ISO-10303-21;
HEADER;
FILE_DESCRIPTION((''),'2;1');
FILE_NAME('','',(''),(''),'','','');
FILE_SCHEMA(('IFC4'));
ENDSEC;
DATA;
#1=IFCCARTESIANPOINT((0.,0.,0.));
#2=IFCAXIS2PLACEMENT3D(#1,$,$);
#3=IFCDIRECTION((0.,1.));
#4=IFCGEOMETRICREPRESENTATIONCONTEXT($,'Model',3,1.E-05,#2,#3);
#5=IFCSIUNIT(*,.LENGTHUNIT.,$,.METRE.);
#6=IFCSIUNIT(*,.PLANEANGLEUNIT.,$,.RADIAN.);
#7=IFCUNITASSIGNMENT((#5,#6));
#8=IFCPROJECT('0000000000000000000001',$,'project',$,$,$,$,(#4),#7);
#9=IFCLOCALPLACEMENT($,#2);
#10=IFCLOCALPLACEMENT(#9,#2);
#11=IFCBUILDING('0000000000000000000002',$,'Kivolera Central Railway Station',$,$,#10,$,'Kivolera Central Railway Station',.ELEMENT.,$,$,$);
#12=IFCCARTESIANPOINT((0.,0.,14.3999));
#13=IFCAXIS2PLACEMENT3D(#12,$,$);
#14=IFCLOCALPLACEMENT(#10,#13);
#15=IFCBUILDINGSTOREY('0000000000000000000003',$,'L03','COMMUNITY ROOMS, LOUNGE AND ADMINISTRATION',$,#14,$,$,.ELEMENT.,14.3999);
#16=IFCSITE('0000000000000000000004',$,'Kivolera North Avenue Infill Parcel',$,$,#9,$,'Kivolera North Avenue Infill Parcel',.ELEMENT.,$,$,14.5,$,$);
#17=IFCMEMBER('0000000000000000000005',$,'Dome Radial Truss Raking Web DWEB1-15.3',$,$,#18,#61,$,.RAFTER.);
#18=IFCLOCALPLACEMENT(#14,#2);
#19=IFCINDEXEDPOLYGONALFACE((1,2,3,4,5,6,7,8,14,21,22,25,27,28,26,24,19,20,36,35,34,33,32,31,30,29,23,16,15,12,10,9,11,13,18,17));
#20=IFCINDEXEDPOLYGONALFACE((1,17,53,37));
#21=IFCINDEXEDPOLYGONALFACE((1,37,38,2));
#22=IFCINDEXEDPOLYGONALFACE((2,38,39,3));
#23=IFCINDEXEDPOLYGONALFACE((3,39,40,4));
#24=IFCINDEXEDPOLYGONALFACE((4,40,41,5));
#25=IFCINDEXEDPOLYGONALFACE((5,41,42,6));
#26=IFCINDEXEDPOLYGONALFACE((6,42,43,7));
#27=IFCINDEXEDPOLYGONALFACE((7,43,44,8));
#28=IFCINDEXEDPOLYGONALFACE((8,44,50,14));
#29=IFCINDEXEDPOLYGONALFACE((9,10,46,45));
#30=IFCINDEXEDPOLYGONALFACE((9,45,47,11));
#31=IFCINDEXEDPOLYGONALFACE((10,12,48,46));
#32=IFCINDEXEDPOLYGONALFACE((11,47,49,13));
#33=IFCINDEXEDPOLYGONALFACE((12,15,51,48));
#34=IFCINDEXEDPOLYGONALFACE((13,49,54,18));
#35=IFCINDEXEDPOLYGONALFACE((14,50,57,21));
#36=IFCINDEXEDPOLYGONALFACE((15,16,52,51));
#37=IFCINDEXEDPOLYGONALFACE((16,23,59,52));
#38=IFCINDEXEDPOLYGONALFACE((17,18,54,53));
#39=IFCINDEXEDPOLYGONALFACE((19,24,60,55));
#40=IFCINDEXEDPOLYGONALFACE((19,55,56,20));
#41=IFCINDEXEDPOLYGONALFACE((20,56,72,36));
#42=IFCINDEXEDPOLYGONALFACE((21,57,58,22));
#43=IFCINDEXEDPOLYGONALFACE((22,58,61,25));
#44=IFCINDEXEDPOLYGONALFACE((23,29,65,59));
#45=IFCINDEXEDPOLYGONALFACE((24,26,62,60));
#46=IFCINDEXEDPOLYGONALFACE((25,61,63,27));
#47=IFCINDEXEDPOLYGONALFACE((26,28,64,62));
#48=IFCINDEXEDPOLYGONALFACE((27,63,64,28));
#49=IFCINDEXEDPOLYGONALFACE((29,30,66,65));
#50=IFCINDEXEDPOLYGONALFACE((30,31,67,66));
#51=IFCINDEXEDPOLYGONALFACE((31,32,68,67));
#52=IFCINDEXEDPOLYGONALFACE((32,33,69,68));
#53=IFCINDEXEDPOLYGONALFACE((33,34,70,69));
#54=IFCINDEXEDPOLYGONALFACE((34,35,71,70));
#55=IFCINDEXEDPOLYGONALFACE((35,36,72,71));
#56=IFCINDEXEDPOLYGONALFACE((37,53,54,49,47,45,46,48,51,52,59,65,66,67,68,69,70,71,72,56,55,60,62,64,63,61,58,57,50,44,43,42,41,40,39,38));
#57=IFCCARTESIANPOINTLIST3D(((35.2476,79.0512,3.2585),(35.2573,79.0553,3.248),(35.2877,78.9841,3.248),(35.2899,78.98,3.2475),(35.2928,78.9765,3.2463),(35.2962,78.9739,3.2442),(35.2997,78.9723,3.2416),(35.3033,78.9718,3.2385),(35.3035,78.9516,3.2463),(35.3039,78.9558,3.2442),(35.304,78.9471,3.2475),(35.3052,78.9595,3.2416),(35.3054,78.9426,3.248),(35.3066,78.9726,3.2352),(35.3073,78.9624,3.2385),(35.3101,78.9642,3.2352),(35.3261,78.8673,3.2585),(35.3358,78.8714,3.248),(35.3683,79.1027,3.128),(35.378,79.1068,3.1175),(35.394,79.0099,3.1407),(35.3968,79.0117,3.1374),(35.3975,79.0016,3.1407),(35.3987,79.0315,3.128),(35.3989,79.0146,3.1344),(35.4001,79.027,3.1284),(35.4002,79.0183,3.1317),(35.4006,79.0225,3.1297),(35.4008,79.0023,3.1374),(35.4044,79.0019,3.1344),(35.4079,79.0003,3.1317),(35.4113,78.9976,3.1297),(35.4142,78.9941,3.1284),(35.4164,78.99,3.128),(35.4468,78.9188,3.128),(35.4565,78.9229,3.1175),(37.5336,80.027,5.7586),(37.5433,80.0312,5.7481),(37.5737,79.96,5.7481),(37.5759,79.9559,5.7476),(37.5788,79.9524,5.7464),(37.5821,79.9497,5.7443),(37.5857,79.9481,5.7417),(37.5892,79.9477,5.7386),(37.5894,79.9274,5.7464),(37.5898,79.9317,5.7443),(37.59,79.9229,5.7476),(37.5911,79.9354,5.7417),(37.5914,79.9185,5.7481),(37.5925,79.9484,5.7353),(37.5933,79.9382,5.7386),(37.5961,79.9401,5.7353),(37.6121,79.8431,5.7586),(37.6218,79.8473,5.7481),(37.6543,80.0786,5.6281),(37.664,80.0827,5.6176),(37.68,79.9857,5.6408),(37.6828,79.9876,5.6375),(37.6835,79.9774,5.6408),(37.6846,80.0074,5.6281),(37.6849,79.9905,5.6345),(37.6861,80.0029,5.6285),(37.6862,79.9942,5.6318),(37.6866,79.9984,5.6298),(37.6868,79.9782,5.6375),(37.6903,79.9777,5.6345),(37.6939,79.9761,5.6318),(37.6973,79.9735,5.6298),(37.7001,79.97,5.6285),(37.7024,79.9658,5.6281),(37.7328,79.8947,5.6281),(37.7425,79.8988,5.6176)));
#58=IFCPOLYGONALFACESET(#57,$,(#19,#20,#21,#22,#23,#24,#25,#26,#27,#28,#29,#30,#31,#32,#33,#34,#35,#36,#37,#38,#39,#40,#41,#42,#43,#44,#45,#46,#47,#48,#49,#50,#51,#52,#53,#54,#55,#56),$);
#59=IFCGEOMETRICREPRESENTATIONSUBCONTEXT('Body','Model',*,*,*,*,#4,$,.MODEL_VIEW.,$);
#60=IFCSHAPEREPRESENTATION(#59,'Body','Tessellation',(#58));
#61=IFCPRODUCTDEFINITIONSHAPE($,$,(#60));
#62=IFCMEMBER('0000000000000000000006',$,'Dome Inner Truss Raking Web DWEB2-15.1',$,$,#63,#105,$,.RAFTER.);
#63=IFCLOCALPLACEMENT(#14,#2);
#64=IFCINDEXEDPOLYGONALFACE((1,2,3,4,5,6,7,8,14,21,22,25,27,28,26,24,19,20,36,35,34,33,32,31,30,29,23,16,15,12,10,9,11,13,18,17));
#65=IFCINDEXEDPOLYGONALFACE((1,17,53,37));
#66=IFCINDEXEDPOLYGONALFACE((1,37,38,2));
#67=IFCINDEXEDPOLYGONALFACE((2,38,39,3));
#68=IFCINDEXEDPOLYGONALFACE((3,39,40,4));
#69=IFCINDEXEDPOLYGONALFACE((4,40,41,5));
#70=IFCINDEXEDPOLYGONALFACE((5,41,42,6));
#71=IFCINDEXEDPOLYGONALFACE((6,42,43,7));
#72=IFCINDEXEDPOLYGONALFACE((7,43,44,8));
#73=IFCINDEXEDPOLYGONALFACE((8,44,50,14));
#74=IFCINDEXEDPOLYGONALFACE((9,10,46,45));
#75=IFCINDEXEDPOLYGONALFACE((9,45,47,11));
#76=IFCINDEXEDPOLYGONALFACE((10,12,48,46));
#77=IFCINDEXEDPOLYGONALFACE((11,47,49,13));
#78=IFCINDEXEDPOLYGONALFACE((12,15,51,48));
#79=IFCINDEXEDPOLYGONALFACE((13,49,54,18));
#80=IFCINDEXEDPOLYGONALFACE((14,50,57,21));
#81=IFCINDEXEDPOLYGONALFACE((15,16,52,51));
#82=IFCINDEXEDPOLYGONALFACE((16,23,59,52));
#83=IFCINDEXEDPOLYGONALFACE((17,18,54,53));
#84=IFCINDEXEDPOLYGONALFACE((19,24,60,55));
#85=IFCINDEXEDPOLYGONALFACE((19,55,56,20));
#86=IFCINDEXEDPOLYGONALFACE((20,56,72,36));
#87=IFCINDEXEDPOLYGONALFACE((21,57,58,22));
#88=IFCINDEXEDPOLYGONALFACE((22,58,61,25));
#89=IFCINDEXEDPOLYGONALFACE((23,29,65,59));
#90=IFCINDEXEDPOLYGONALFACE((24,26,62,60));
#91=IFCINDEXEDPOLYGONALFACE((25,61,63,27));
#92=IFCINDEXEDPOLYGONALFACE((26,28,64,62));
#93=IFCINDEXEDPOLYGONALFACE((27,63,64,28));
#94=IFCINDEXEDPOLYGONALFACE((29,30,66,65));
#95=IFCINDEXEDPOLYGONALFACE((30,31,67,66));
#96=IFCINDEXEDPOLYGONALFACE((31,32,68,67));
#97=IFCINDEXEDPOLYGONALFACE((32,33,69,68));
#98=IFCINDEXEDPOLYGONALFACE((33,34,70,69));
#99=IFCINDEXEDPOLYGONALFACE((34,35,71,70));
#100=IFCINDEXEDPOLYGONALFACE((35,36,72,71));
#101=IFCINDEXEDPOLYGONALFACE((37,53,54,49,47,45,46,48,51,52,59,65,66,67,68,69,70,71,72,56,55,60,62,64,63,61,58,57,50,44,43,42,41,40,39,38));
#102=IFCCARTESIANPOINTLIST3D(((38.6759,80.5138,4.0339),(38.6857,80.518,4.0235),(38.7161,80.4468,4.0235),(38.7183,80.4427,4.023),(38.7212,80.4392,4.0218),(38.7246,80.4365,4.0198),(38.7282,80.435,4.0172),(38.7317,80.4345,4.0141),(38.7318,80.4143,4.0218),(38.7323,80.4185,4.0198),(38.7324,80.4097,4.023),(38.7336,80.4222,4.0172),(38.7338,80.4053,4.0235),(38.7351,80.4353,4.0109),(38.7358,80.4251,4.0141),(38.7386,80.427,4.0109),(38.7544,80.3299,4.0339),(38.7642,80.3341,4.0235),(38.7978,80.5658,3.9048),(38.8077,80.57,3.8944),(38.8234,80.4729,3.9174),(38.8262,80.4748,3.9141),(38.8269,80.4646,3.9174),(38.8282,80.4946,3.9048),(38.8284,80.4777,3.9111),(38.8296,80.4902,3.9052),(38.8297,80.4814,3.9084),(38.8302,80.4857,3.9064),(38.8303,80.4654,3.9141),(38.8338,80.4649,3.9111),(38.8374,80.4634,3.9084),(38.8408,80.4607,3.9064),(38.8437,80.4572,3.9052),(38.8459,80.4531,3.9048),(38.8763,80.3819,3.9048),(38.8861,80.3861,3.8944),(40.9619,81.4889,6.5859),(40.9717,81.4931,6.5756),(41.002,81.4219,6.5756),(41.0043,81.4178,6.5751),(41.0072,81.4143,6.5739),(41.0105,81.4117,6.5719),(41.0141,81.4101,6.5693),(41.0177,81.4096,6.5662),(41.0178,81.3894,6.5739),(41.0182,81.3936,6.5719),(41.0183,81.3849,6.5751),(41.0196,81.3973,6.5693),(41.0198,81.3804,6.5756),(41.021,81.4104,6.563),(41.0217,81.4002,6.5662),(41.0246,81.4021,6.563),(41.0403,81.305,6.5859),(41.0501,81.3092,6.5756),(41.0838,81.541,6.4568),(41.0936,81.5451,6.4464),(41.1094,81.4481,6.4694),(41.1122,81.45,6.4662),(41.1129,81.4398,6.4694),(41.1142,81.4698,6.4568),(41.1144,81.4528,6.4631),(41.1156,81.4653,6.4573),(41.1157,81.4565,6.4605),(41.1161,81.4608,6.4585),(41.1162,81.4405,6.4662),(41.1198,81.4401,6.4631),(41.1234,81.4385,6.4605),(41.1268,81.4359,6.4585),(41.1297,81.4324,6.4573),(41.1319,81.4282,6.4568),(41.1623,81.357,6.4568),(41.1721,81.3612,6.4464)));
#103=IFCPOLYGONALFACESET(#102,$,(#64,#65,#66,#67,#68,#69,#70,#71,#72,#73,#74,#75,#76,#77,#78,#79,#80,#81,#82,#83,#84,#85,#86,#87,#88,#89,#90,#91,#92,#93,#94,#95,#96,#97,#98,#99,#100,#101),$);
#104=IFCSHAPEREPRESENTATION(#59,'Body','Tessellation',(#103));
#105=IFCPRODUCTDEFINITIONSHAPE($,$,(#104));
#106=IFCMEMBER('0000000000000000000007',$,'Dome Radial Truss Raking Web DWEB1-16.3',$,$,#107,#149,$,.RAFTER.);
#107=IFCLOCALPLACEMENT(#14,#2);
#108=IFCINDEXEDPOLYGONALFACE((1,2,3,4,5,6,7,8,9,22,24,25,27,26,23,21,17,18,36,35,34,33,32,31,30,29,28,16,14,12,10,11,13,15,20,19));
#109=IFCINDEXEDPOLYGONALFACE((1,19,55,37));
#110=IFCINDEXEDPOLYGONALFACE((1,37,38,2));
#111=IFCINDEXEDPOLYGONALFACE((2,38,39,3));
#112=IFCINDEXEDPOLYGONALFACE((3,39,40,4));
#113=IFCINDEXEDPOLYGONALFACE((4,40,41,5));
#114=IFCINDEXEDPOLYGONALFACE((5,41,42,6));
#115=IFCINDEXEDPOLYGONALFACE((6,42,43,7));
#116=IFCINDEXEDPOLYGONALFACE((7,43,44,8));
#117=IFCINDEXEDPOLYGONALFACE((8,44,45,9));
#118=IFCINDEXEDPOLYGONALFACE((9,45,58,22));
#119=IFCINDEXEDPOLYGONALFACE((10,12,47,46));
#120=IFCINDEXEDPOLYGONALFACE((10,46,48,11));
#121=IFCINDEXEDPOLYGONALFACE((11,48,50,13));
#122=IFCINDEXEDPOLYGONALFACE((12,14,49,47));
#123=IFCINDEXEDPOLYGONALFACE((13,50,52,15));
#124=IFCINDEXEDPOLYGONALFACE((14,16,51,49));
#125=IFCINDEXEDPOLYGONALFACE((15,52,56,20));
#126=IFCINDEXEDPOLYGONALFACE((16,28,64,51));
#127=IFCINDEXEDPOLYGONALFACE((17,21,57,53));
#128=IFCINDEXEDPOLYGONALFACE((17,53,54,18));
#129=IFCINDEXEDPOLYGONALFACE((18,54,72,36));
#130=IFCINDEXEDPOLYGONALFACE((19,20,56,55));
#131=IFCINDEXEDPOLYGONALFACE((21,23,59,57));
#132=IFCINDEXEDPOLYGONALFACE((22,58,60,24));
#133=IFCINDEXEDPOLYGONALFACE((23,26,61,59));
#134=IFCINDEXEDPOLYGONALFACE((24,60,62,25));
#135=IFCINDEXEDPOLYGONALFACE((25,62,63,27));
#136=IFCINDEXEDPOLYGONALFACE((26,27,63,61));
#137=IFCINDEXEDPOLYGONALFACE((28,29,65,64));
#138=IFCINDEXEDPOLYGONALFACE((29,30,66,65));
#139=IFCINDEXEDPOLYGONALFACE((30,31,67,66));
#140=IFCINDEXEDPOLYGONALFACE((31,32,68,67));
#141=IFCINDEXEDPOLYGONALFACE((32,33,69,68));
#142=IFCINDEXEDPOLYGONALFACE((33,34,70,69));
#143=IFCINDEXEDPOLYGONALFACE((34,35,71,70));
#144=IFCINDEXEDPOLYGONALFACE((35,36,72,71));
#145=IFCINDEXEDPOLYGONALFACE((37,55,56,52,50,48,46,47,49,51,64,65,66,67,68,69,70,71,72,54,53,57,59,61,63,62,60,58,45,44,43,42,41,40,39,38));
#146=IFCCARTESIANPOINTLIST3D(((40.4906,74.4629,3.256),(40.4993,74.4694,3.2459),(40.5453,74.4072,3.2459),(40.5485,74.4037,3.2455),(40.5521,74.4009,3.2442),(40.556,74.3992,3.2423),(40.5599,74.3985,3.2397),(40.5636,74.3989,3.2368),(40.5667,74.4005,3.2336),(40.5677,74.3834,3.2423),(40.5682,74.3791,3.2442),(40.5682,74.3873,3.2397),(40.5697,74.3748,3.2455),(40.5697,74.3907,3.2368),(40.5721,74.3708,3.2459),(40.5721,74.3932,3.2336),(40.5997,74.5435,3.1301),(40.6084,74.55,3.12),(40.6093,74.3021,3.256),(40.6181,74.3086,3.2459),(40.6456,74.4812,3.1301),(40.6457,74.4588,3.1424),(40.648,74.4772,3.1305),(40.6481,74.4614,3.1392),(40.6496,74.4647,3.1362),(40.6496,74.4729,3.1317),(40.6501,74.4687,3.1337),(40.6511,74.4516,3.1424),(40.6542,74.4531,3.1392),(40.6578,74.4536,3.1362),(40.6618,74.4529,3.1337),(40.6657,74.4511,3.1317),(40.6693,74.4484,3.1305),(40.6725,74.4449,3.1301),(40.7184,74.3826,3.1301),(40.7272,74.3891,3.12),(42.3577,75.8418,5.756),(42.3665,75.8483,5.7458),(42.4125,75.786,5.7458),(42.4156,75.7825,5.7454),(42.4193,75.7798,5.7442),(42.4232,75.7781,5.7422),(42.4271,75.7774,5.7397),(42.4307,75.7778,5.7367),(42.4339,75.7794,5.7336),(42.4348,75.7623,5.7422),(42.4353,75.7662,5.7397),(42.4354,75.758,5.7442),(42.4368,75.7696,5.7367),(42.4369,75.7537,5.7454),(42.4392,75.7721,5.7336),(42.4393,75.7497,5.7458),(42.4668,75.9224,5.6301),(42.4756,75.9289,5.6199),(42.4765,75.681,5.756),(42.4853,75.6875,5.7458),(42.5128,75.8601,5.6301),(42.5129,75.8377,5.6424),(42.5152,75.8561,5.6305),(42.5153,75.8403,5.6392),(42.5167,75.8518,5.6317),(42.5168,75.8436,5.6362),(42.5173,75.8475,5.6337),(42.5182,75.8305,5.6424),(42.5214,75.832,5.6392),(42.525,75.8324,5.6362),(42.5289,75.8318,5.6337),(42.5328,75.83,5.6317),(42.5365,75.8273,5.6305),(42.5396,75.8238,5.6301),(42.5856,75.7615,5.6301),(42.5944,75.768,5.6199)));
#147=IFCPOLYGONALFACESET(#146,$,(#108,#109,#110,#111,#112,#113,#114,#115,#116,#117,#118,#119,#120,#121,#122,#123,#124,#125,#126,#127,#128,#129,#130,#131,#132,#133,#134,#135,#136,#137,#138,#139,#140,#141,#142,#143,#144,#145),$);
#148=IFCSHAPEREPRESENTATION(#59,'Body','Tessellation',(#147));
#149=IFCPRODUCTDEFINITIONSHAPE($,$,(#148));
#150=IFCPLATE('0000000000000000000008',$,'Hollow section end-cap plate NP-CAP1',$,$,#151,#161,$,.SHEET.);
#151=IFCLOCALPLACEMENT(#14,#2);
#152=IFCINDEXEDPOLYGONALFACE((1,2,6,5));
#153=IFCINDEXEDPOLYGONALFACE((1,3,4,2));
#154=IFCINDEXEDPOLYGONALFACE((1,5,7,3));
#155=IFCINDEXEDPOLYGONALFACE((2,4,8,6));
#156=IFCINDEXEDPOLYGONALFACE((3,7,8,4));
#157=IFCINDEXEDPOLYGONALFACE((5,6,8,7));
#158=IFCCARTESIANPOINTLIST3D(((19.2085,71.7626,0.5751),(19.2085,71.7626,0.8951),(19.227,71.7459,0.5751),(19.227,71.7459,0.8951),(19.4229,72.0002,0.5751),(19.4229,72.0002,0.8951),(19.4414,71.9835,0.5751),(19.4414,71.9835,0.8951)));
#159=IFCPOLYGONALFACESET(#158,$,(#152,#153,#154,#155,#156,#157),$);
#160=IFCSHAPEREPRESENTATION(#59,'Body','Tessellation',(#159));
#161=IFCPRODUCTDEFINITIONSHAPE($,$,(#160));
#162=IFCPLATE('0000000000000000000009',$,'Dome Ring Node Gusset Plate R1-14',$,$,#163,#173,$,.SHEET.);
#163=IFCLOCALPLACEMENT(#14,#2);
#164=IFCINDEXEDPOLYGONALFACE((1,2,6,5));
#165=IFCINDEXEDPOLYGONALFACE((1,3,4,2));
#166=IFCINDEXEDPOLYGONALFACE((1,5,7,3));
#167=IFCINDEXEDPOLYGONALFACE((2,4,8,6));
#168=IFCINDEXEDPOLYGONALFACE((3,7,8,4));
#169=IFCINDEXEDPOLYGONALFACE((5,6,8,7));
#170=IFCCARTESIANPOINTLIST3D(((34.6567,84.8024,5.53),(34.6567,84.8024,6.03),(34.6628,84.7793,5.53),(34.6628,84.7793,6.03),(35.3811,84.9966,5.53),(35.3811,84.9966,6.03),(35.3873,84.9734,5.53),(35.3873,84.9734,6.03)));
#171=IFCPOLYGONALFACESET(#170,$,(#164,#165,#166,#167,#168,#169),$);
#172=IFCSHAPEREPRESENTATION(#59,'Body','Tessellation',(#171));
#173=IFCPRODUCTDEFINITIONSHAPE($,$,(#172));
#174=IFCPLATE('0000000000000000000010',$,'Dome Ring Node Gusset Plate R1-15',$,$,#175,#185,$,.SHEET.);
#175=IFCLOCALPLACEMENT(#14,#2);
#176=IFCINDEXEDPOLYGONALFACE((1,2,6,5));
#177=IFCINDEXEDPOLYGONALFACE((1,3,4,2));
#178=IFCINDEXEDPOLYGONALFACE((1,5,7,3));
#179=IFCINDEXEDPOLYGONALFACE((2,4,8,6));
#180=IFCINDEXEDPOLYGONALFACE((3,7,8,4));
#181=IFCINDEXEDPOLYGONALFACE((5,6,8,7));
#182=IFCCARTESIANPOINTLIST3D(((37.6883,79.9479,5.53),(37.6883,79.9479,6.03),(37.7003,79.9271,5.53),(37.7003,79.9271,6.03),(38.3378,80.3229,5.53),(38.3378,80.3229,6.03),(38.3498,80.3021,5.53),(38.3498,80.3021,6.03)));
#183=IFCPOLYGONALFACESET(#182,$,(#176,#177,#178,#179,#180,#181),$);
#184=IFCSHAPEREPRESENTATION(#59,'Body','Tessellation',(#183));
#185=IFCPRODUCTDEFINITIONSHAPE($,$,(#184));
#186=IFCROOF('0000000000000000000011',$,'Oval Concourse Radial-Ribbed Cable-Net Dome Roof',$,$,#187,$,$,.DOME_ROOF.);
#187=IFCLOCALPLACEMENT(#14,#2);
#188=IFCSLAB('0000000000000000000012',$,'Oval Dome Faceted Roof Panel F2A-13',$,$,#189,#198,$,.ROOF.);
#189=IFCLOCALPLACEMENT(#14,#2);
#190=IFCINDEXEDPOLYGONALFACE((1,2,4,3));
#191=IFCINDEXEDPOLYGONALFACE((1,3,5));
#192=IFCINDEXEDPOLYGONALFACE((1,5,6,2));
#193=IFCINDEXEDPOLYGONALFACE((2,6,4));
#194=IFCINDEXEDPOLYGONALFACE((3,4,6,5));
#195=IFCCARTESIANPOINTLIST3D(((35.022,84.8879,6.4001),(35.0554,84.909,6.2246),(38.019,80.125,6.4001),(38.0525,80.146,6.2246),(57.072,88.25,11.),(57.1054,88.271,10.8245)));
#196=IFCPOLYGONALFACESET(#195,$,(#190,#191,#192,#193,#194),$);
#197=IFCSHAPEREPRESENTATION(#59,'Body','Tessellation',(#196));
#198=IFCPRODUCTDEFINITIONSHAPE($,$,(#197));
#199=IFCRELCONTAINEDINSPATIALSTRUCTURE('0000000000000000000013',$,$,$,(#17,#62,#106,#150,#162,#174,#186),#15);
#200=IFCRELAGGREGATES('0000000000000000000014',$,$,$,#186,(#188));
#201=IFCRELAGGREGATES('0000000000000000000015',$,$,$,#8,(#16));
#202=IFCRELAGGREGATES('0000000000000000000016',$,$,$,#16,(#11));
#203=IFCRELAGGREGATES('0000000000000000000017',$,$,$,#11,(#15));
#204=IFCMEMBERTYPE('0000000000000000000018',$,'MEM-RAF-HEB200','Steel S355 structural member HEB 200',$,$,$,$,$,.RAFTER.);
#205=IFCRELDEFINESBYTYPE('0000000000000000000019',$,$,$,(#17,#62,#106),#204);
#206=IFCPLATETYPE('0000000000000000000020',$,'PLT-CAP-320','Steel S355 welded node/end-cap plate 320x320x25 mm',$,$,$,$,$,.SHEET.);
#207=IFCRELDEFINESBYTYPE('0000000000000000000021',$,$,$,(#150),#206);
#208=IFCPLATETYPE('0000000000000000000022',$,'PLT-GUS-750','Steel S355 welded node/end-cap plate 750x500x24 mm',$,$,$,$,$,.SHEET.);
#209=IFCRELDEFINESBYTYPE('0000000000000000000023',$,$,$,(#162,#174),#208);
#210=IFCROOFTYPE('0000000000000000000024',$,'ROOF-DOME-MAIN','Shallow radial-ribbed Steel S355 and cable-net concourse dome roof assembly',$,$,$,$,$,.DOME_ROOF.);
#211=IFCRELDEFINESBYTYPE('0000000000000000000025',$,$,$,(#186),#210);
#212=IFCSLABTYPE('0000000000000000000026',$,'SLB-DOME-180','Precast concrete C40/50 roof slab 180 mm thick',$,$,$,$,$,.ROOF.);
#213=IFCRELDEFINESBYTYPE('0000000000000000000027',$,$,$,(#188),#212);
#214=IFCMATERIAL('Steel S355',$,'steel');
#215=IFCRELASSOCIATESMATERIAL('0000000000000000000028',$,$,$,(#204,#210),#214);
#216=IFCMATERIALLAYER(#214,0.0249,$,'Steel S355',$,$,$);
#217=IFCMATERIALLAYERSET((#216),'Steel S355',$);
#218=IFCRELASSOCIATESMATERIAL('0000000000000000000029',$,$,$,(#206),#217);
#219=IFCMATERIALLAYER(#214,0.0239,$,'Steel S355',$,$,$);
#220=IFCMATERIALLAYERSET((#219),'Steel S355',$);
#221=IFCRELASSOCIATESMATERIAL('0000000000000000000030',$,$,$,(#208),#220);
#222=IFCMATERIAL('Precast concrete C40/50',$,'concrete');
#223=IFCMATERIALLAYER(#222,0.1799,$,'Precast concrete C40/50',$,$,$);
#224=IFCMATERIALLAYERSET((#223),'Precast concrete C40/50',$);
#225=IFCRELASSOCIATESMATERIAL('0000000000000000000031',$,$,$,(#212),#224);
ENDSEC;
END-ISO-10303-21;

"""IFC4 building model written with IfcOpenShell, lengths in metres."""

from ifc_helpers import new_model, si_unit, direction, frame, origin, origin_2d, place, context, subcontext, project, spatial, polyline, rectangle, i_section, outline, extrude, material, layer, layer_set, material_profile, profile_set, type_object, element, aggregate, save


model = new_model("IFC4")

# Units and contexts
model_context = context("Model", 3, precision=1e-05, world=origin(), true_north=direction((0.0, 1.0)))
body_context = subcontext(model_context, "Body", "Model", "MODEL_VIEW")
ifc_project = project(units=[si_unit("LENGTHUNIT", "METRE"), si_unit("PLANEANGLEUNIT", "RADIAN")], contexts=[model_context])

# Site, building, storey
site_placement = place(None, origin())
site = spatial("IfcSite", under=ifc_project, at=site_placement, Name="Kivolera North Avenue Infill Parcel", LongName="Kivolera North Avenue Infill Parcel", CompositionType="ELEMENT", RefElevation=14.5)
building_placement = place(site_placement, origin())
building = spatial("IfcBuilding", under=site, at=building_placement, Name="Kivolera Central Railway Station", LongName="Kivolera Central Railway Station", CompositionType="ELEMENT")
storey_placement = place(building_placement, frame((0.0, 0.0, 14.3999)))
storey = spatial("IfcBuildingStorey", under=building, at=storey_placement, Name="L03", Description="COMMUNITY ROOMS, LOUNGE AND ADMINISTRATION", CompositionType="ELEMENT", Elevation=14.3999)

# Shared definitions
ifc_material_1 = material(Name="Steel S355", Category="steel")

# Members
ifc_material_profile_1 = material_profile(ifc_material_1, i_section(OverallWidth=0.2, OverallDepth=0.2, WebThickness=0.009, FlangeThickness=0.0149, FilletRadius=0.0181, at=origin_2d()), Name="HEB 200")
ifc_profile_set_1 = profile_set([ifc_material_profile_1], Name="Steel S355")
member_type_1 = type_object("IfcMemberType", Name="MEM-RAF-HEB200", Description="Steel S355 structural member HEB 200", PredefinedType="RAFTER", material=ifc_profile_set_1)
member_1_placement = place(storey_placement, frame((35.3521, 78.9871, 3.188), z_axis=(0.648429, 0.27681, 0.709165), x_axis=(-0.392615, 0.919703, 0.0)))
element("IfcMember", 1, at=member_1_placement, inside=storey, type_object=member_type_1, Name="Dome Radial Truss Raking Web DWEB1-15.3", PredefinedType="RAFTER", context=body_context, shape_type="SweptSolid", body=[
    extrude(i_section(OverallWidth=0.2, OverallDepth=0.2, WebThickness=0.009, FlangeThickness=0.0149, FilletRadius=0.0181, at=origin_2d()), origin(), (0.0, 0.0, 1.0), 3.5254),
])
member_2_placement = place(storey_placement, frame((38.781, 80.45, 3.9641), z_axis=(0.641718, 0.27374, 0.716425), x_axis=(-0.392366, 0.919809, 0.0)))
element("IfcMember", 2, at=member_2_placement, inside=storey, type_object=member_type_1, Name="Dome Inner Truss Raking Web DWEB2-15.1", PredefinedType="RAFTER", context=body_context, shape_type="SweptSolid", body=[
    extrude(i_section(OverallWidth=0.2, OverallDepth=0.2, WebThickness=0.009, FlangeThickness=0.0149, FilletRadius=0.0181, at=origin_2d()), origin(), (0.0, 0.0, 1.0), 3.5623),
])
member_3_placement = place(storey_placement, frame((40.6089, 74.426, 3.188), z_axis=(0.547335, 0.404203, 0.732833), x_axis=(-0.59406, 0.804421, 0.0)))
element("IfcMember", 3, at=member_3_placement, inside=storey, type_object=member_type_1, Name="Dome Radial Truss Raking Web DWEB1-16.3", PredefinedType="RAFTER", context=body_context, shape_type="SweptSolid", body=[
    extrude(i_section(OverallWidth=0.2, OverallDepth=0.2, WebThickness=0.009, FlangeThickness=0.0149, FilletRadius=0.0181, at=origin_2d()), origin(), (0.0, 0.0, 1.0), 3.4114),
])

# Plates
ifc_layer_1 = layer(ifc_material_1, 0.0249, Name="Steel S355")
ifc_layer_set_1 = layer_set([ifc_layer_1], Name="Steel S355")
plate_type_1 = type_object("IfcPlateType", Name="PLT-CAP-320", Description="Steel S355 welded node/end-cap plate 320x320x25 mm", PredefinedType="SHEET", material=ifc_layer_set_1)
plate_placement = place(storey_placement, frame((19.325, 71.873, 0.7351), z_axis=(0.742406, -0.66995, 0.0), x_axis=(0.66995, 0.742406, 0.0)))
element("IfcPlate", 4, at=plate_placement, inside=storey, type_object=plate_type_1, Name="Hollow section end-cap plate NP-CAP1", PredefinedType="SHEET", context=body_context, shape_type="SweptSolid", body=[
    extrude(rectangle(XDim=0.3201, YDim=0.3201, at=origin_2d()), frame((0.0, 0.0, -0.0125)), (0.0, 0.0, 1.0), 0.0249),
])
ifc_layer_2 = layer(ifc_material_1, 0.0239, Name="Steel S355")
ifc_layer_set_2 = layer_set([ifc_layer_2], Name="Steel S355")
plate_type_2 = type_object("IfcPlateType", Name="PLT-GUS-750", Description="Steel S355 welded node/end-cap plate 750x500x24 mm", PredefinedType="SHEET", material=ifc_layer_set_2)
for number, where, z_axis, x_axis, name in (
    (5, (35.022, 84.8879, 5.53), (0.0, 0.0, 1.0), (-0.965926, -0.258819, 0.0), "Dome Ring Node Gusset Plate R1-14"),
    (6, (38.019, 80.125, 5.53), (0.0, 0.0, 1.0), (-0.866025, -0.5, 0.0), "Dome Ring Node Gusset Plate R1-15"),
):
    element("IfcPlate", number, at=place(storey_placement, frame(where, z_axis=z_axis, x_axis=x_axis)), inside=storey, type_object=plate_type_2, Name=name, PredefinedType="SHEET", context=body_context, shape_type="SweptSolid", body=[
        extrude(rectangle(XDim=0.75, YDim=0.0239, at=origin_2d()), origin(), (0.0, 0.0, 1.0), 0.5),
    ])

# Roof, slab
roof_type = type_object("IfcRoofType", Name="ROOF-DOME-MAIN", Description="Shallow radial-ribbed Steel S355 and cable-net concourse dome roof assembly", PredefinedType="DOME_ROOF", material=ifc_material_1)
roof_placement = place(storey_placement, origin())
roof = element("IfcRoof", 7, at=roof_placement, inside=storey, type_object=roof_type, Name="Oval Concourse Radial-Ribbed Cable-Net Dome Roof", PredefinedType="DOME_ROOF")
ifc_material_2 = material(Name="Precast concrete C40/50", Category="concrete")
ifc_layer_3 = layer(ifc_material_2, 0.1799, Name="Precast concrete C40/50")
ifc_layer_set_3 = layer_set([ifc_layer_3], Name="Precast concrete C40/50")
slab_type = type_object("IfcSlabType", Name="SLB-DOME-180", Description="Precast concrete C40/50 roof slab 180 mm thick", PredefinedType="ROOF", material=ifc_layer_set_3)
slab_1_placement = place(storey_placement, frame((35.022, 84.8879, 6.4001), z_axis=(-0.185709, -0.116857, 0.975632), x_axis=(0.532582, -0.846378, 0.0)))
slab_1 = element("IfcSlab", 8, at=slab_1_placement, type_object=slab_type, Name="Oval Dome Faceted Roof Panel F2A-13", PredefinedType="ROOF", context=body_context, shape_type="SweptSolid", body=[
    extrude(outline(polyline([(0.0, 0.0), (5.6274, 0.0), (8.8979, 20.9641), (0.0, 0.0)])), origin(), (0.0, 0.0, -1.0), 0.1799),
])
aggregate(roof, [slab_1])

save(model, "model.ifc")
